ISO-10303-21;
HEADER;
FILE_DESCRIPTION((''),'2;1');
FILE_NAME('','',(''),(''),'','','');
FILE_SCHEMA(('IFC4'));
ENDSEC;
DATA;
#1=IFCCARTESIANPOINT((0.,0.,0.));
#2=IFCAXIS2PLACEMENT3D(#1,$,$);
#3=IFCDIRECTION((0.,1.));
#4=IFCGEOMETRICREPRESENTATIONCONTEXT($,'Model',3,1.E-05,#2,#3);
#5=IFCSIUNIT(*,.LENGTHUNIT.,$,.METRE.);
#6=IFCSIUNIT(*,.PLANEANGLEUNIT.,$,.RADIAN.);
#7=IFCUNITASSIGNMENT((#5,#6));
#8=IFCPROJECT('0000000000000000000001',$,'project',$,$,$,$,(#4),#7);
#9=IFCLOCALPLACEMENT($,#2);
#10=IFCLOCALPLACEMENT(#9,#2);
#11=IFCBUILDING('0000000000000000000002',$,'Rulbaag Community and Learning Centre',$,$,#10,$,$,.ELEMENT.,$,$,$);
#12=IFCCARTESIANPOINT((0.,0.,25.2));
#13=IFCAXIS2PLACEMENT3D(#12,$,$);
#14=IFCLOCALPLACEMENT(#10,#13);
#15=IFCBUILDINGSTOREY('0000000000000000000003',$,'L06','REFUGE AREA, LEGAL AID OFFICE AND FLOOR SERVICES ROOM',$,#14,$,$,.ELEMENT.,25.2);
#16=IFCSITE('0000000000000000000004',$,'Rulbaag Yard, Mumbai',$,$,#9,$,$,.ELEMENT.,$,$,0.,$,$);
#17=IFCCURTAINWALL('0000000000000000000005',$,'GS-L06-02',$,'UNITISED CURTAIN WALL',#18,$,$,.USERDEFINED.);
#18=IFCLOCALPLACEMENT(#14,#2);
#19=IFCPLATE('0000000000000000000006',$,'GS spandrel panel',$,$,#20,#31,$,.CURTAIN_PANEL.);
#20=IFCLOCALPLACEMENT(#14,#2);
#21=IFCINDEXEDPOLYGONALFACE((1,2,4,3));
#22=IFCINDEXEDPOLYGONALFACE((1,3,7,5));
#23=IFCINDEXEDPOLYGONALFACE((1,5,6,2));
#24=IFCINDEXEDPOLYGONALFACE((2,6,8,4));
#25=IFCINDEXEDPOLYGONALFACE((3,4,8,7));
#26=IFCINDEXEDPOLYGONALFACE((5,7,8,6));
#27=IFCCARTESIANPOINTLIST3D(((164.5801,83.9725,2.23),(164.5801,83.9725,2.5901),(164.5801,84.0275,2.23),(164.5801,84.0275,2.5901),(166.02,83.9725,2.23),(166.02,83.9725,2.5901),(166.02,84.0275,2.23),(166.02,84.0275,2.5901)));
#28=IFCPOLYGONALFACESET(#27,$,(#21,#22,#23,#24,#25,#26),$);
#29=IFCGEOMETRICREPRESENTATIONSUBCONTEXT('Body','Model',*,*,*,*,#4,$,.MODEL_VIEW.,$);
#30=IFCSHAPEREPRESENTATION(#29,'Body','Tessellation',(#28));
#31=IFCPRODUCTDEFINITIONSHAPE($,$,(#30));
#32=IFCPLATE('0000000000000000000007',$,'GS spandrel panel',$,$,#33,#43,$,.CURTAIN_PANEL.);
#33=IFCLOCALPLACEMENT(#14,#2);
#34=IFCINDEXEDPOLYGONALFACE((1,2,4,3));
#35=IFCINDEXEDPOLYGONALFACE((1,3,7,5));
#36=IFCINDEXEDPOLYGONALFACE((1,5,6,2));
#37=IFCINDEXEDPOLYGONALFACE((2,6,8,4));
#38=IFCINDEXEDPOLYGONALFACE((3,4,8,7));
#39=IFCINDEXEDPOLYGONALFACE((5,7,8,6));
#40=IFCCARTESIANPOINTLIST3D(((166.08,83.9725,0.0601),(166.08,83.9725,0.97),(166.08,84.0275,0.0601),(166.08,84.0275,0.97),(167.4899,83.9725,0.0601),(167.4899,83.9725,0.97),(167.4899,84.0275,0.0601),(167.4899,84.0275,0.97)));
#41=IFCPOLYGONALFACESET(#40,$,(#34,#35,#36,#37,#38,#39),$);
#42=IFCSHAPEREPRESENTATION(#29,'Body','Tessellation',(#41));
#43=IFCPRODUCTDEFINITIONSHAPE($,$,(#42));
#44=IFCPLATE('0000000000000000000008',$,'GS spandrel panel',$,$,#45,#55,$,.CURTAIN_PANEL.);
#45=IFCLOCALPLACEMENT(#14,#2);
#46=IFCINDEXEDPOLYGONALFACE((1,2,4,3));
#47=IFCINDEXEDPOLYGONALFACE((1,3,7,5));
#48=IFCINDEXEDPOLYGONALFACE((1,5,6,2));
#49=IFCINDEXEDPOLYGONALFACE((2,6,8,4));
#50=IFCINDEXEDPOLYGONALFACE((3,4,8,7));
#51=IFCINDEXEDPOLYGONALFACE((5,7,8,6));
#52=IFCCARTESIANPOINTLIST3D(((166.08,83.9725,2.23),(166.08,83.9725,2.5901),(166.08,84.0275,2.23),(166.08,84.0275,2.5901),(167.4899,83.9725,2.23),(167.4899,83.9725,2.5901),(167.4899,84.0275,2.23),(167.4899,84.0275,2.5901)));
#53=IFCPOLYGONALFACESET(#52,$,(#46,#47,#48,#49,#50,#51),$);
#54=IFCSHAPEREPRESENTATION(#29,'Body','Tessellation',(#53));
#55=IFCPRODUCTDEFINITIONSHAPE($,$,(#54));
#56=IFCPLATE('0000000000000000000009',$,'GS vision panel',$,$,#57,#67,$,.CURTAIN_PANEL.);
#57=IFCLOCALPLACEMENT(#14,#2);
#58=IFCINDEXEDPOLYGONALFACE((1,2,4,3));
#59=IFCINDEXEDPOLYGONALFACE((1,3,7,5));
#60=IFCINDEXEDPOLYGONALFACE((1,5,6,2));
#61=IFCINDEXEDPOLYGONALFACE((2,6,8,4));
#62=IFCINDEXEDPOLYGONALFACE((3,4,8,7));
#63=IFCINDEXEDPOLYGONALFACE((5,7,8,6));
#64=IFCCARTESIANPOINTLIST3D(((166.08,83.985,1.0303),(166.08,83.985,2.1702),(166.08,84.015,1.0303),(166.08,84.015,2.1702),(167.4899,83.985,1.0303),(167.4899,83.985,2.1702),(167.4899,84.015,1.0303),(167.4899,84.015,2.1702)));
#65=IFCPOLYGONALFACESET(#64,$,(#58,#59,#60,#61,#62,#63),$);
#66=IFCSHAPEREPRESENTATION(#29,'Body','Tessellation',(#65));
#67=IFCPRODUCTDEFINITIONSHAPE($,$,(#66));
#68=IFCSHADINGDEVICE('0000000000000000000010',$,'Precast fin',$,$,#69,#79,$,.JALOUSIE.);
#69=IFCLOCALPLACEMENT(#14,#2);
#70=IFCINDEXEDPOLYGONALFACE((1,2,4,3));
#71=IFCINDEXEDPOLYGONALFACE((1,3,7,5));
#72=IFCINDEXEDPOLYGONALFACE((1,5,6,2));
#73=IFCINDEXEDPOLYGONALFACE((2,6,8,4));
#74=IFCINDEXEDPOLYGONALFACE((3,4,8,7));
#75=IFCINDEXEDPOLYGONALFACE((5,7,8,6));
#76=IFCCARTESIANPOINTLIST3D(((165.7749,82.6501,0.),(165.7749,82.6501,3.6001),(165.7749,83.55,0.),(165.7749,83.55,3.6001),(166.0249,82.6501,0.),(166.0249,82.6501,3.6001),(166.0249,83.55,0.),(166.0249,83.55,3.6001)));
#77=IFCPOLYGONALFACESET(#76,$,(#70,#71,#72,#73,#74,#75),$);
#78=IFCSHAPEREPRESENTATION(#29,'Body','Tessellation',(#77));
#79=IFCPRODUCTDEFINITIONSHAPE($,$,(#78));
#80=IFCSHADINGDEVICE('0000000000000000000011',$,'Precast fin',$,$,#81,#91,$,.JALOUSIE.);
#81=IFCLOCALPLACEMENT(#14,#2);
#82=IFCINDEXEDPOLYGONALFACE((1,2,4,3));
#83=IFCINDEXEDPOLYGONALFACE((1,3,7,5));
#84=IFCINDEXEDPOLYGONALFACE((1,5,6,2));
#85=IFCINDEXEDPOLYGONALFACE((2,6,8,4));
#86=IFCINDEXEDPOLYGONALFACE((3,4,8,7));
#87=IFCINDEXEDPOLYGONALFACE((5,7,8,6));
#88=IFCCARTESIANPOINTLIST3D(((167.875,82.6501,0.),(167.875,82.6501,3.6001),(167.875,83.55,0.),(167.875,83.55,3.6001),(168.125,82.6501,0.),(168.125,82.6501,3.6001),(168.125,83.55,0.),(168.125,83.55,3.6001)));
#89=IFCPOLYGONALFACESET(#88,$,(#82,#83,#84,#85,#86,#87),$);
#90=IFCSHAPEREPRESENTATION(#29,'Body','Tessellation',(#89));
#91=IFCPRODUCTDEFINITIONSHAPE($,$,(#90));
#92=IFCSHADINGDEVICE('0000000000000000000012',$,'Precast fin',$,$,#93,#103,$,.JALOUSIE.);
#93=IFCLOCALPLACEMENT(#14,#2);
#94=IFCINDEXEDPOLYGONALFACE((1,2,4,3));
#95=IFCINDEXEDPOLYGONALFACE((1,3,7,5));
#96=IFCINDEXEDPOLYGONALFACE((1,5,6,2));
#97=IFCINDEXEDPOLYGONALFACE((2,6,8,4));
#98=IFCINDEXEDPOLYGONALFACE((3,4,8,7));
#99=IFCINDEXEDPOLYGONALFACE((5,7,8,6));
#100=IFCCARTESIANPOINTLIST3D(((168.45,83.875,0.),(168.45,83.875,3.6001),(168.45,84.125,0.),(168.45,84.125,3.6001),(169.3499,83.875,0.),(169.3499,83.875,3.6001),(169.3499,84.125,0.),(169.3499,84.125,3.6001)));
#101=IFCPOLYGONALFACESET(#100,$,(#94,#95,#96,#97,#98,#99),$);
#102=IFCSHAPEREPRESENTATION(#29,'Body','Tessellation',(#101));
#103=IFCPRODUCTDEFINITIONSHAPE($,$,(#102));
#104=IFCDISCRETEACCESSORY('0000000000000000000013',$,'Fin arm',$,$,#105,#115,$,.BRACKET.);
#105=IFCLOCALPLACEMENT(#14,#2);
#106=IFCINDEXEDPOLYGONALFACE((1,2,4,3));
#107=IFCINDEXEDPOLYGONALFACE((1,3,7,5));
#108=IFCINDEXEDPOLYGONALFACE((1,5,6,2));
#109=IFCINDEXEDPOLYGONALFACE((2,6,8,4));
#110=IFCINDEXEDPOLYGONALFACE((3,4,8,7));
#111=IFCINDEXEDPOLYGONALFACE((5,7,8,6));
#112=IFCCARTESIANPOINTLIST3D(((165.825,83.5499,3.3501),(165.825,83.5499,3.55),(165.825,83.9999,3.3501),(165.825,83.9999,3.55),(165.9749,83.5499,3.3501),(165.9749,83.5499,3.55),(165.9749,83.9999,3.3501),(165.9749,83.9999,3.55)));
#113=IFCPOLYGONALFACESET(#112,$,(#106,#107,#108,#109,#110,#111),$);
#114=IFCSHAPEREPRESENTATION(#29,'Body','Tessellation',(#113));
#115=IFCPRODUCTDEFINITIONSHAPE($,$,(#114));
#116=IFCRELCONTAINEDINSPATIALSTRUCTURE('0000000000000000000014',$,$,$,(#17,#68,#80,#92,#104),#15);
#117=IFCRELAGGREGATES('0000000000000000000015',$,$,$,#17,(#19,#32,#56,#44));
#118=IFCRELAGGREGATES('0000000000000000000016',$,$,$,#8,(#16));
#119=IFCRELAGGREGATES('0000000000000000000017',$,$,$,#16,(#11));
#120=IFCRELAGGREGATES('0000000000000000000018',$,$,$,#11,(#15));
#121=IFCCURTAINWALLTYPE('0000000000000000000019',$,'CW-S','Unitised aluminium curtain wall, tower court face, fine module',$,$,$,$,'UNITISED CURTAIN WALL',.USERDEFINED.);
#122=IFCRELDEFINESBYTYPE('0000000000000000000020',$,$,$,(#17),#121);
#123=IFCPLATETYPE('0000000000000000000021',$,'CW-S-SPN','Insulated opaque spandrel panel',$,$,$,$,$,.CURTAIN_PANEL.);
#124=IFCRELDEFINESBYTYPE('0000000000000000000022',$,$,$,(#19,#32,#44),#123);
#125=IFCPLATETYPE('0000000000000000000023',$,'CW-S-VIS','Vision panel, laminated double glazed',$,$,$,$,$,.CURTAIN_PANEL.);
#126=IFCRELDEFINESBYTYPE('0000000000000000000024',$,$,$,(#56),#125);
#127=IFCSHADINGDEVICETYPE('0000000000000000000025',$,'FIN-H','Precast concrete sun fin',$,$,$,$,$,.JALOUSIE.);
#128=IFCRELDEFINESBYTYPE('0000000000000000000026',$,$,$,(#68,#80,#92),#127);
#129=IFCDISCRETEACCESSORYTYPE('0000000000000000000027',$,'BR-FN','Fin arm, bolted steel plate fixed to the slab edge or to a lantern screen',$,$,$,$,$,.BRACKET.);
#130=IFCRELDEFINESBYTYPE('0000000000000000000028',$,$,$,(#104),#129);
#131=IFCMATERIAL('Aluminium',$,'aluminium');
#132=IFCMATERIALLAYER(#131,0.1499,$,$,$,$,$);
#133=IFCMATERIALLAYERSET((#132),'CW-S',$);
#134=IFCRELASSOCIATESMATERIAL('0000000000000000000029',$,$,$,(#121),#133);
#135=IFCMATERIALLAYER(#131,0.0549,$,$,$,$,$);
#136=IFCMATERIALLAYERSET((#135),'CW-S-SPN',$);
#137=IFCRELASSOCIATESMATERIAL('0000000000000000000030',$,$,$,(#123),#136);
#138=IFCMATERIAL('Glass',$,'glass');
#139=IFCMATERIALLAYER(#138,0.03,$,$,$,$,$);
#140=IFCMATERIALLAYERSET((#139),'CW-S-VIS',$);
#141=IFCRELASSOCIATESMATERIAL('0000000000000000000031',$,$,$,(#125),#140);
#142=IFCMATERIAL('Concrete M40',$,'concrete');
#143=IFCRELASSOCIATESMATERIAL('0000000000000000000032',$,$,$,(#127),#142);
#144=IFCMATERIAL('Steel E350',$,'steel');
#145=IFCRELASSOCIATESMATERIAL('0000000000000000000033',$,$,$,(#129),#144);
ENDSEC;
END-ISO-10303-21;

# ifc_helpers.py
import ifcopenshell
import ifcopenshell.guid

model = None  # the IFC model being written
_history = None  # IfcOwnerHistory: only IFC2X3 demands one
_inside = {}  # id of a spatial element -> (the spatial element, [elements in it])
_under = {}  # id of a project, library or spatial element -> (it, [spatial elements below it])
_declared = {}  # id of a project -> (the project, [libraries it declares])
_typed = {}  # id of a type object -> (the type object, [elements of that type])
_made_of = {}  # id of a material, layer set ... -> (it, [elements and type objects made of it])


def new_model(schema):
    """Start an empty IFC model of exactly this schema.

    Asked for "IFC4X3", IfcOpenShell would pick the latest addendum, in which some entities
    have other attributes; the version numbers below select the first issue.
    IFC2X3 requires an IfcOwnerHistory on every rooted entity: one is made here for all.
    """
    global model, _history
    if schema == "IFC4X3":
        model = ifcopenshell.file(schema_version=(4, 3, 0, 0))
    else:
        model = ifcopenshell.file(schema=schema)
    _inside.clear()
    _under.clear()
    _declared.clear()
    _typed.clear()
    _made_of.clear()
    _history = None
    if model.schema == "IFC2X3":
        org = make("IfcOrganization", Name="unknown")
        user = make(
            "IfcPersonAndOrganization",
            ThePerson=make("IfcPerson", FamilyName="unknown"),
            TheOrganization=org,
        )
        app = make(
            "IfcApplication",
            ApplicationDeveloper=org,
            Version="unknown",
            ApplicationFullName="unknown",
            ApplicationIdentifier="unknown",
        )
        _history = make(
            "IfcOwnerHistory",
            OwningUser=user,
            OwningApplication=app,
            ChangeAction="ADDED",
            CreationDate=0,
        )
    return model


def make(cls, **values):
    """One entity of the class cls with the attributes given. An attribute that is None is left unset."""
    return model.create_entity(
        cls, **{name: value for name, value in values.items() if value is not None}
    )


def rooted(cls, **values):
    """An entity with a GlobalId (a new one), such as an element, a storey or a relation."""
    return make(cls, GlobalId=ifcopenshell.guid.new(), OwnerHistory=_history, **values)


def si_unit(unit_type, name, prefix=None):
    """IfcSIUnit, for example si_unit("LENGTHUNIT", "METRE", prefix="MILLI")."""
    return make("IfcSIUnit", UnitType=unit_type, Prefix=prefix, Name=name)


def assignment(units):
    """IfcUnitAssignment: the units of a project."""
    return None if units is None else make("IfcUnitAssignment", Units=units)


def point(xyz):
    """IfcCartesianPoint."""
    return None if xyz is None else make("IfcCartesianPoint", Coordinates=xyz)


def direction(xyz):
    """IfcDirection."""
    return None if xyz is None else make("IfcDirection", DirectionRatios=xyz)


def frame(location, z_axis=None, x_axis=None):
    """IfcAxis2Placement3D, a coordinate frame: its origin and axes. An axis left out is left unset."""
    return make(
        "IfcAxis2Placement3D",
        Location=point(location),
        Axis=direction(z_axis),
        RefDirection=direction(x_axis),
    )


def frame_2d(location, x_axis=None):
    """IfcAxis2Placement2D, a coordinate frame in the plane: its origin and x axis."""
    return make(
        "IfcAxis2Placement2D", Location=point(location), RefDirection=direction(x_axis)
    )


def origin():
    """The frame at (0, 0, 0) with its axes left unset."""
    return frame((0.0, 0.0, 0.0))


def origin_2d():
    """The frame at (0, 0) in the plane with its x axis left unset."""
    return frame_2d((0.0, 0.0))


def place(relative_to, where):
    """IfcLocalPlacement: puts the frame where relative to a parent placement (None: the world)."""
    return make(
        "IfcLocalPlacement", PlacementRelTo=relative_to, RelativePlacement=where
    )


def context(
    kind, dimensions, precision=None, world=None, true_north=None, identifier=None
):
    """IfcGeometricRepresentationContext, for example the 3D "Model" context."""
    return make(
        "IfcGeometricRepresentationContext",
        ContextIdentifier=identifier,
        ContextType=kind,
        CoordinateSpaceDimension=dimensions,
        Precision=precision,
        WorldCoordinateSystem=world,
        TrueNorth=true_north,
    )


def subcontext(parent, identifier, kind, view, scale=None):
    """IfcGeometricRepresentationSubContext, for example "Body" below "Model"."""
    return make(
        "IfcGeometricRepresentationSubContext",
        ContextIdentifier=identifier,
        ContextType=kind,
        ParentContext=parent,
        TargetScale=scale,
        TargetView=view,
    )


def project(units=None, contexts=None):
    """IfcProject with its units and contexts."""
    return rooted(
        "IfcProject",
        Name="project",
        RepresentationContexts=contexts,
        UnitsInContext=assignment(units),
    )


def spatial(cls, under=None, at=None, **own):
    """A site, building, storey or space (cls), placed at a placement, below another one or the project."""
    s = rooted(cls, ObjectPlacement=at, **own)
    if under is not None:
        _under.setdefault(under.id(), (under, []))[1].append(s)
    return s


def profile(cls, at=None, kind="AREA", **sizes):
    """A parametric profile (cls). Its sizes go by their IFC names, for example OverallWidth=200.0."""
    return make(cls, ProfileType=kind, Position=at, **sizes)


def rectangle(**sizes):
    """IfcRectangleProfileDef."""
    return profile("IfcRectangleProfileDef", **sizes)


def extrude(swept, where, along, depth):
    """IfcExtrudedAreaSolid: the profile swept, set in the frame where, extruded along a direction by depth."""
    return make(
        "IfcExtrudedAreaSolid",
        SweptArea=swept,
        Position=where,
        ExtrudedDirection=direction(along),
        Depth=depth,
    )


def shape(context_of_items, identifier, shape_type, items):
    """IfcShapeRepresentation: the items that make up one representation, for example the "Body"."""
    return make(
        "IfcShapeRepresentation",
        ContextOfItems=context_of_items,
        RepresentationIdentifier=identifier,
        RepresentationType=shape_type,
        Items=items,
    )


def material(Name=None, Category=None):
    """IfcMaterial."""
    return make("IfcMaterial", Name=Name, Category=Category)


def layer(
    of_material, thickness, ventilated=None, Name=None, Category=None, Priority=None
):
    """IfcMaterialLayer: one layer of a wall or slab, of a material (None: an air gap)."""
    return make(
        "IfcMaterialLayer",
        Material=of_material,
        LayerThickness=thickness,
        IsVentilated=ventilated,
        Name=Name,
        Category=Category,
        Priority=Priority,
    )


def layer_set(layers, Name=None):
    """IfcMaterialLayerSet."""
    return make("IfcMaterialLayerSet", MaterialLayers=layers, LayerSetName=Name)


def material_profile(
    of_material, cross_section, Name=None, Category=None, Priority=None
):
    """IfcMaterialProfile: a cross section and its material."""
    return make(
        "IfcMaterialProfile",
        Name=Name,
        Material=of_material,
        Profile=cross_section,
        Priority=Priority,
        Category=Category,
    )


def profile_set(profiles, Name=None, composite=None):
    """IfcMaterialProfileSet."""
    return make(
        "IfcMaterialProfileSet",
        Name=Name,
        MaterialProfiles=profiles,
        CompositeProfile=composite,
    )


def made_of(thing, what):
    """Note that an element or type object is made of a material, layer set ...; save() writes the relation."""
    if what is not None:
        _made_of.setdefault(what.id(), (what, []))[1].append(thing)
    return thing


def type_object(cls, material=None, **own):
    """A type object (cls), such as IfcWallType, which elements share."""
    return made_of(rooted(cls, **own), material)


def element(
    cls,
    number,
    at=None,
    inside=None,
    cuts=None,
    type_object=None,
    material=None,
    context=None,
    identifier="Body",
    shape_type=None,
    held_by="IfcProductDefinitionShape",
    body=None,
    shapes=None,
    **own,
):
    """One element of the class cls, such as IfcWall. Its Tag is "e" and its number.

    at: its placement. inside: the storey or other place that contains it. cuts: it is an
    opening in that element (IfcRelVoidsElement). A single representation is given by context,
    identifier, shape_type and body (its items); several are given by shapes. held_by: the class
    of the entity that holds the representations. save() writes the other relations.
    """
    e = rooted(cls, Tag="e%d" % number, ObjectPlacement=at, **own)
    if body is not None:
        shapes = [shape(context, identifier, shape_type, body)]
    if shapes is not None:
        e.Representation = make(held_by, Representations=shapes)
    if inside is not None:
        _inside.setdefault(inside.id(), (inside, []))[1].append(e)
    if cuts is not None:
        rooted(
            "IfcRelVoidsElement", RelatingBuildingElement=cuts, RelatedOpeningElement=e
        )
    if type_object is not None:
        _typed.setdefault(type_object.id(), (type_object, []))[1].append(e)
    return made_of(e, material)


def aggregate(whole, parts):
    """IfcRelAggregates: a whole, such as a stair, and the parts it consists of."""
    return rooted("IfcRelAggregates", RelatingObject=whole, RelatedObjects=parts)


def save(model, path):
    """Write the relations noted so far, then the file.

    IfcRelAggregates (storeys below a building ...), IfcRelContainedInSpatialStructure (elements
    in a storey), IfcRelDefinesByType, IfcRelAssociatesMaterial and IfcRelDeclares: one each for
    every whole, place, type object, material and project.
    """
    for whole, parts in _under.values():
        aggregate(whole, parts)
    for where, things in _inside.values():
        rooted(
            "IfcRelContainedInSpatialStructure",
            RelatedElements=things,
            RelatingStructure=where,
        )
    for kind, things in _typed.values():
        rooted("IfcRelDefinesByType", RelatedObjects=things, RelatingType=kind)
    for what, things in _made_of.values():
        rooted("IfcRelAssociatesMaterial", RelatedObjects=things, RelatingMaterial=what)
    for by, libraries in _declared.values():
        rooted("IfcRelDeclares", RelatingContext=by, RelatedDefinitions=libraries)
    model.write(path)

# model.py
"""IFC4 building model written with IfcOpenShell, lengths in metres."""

from ifc_helpers import new_model, si_unit, direction, frame, origin, origin_2d, place, context, subcontext, project, spatial, rectangle, extrude, material, layer, layer_set, material_profile, profile_set, type_object, element, aggregate, save


model = new_model("IFC4")

# Units and contexts
model_context = context("Model", 3, precision=1e-05, world=origin(), true_north=direction((0.0, 1.0)))
body_context = subcontext(model_context, "Body", "Model", "MODEL_VIEW")
ifc_project = project(units=[si_unit("LENGTHUNIT", "METRE"), si_unit("PLANEANGLEUNIT", "RADIAN")], contexts=[model_context])

# Site, building, storey
site_placement = place(None, origin())
site = spatial("IfcSite", under=ifc_project, at=site_placement, Name="Rulbaag Yard, Mumbai", CompositionType="ELEMENT", RefElevation=0.0)
building_placement = place(site_placement, origin())
building = spatial("IfcBuilding", under=site, at=building_placement, Name="Rulbaag Community and Learning Centre", CompositionType="ELEMENT")
storey_placement = place(building_placement, frame((0.0, 0.0, 25.2)))
storey = spatial("IfcBuildingStorey", under=building, at=storey_placement, Name="L06", Description="REFUGE AREA, LEGAL AID OFFICE AND FLOOR SERVICES ROOM", CompositionType="ELEMENT", Elevation=25.2)

# Shared definitions
ifc_material_1 = material(Name="Concrete M40", Category="concrete")

# Curtain wall
ifc_material_2 = material(Name="Aluminium", Category="aluminium")
ifc_layer_1 = layer(ifc_material_2, 0.1499)
ifc_layer_set_1 = layer_set([ifc_layer_1], Name="CW-S")
curtain_wall_type_1 = type_object("IfcCurtainWallType", Name="CW-S", Description="Unitised aluminium curtain wall, tower court face, fine module", ElementType="UNITISED CURTAIN WALL", PredefinedType="USERDEFINED", material=ifc_layer_set_1)
curtain_wall_1_placement = place(storey_placement, origin())
curtain_wall_1 = element("IfcCurtainWall", 1, at=curtain_wall_1_placement, inside=storey, type_object=curtain_wall_type_1, Name="GS-L06-02", ObjectType="UNITISED CURTAIN WALL", PredefinedType="USERDEFINED")

# Plates
ifc_layer_2 = layer(ifc_material_2, 0.0549)
ifc_layer_set_2 = layer_set([ifc_layer_2], Name="CW-S-SPN")
plate_type_1 = type_object("IfcPlateType", Name="CW-S-SPN", Description="Insulated opaque spandrel panel", PredefinedType="CURTAIN_PANEL", material=ifc_layer_set_2)
plate_1_placement = place(storey_placement, frame((165.3, 84.0, 2.23), z_axis=(0.0, 0.0, 1.0), x_axis=(1.0, 0.0, 0.0)))
plate_1 = element("IfcPlate", 2, at=plate_1_placement, type_object=plate_type_1, Name="GS spandrel panel", PredefinedType="CURTAIN_PANEL", context=body_context, shape_type="SweptSolid", body=[
    extrude(rectangle(XDim=1.4399, YDim=0.0549, at=origin_2d()), origin(), (0.0, 0.0, 1.0), 0.3601),
])
plate_2_placement = place(storey_placement, frame((166.7849, 84.0, 0.0601), z_axis=(0.0, 0.0, 1.0), x_axis=(1.0, 0.0, 0.0)))
plate_2 = element("IfcPlate", 3, at=plate_2_placement, type_object=plate_type_1, Name="GS spandrel panel", PredefinedType="CURTAIN_PANEL", context=body_context, shape_type="SweptSolid", body=[
    extrude(rectangle(XDim=1.4099, YDim=0.0549, at=origin_2d()), origin(), (0.0, 0.0, 1.0), 0.9099),
])
plate_3_placement = place(storey_placement, frame((166.7849, 84.0, 2.23), z_axis=(0.0, 0.0, 1.0), x_axis=(1.0, 0.0, 0.0)))
plate_3 = element("IfcPlate", 4, at=plate_3_placement, type_object=plate_type_1, Name="GS spandrel panel", PredefinedType="CURTAIN_PANEL", context=body_context, shape_type="SweptSolid", body=[
    extrude(rectangle(XDim=1.4099, YDim=0.0549, at=origin_2d()), origin(), (0.0, 0.0, 1.0), 0.3601),
])
ifc_material_3 = material(Name="Glass", Category="glass")
ifc_layer_3 = layer(ifc_material_3, 0.03)
ifc_layer_set_3 = layer_set([ifc_layer_3], Name="CW-S-VIS")
plate_type_2 = type_object("IfcPlateType", Name="CW-S-VIS", Description="Vision panel, laminated double glazed", PredefinedType="CURTAIN_PANEL", material=ifc_layer_set_3)
plate_4_placement = place(storey_placement, frame((166.7849, 84.0, 1.0303), z_axis=(0.0, 0.0, 1.0), x_axis=(1.0, 0.0, 0.0)))
plate_4 = element("IfcPlate", 5, at=plate_4_placement, type_object=plate_type_2, Name="GS vision panel", PredefinedType="CURTAIN_PANEL", context=body_context, shape_type="SweptSolid", body=[
    extrude(rectangle(XDim=1.4099, YDim=0.03, at=origin_2d()), origin(), (0.0, 0.0, 1.0), 1.1399),
])
aggregate(curtain_wall_1, [plate_1, plate_2, plate_4, plate_3])

# Shading devices
ifc_material_profile_1 = material_profile(ifc_material_1, rectangle(XDim=0.25, YDim=0.8999, at=origin_2d()), Name="PC 250x900")
ifc_profile_set_1 = profile_set([ifc_material_profile_1], Name="Concrete M40")
shading_device_type_1 = type_object("IfcShadingDeviceType", Name="FIN-H", Description="Precast concrete sun fin", PredefinedType="JALOUSIE", material=ifc_profile_set_1)
for number, where, z_axis, x_axis, name in (
    (6, (165.8999, 83.1001, 0.0), (0.0, 0.0, 1.0), (1.0, 0.0, 0.0), "Precast fin"),
    (7, (168.0, 83.1001, 0.0), (0.0, 0.0, 1.0), (1.0, 0.0, 0.0), "Precast fin"),
    (8, (168.8999, 84.0, 0.0), (0.0, 0.0, 1.0), (0.0, 1.0, 0.0), "Precast fin"),
):
    element("IfcShadingDevice", number, at=place(storey_placement, frame(where, z_axis=z_axis, x_axis=x_axis)), inside=storey, type_object=shading_device_type_1, Name=name, PredefinedType="JALOUSIE", context=body_context, shape_type="SweptSolid", body=[
        extrude(rectangle(XDim=0.25, YDim=0.8999, at=origin_2d()), origin(), (0.0, 0.0, 1.0), 3.6001),
    ])

# Discrete accessory
ifc_material_4 = material(Name="Steel E350", Category="steel")
discrete_accessory_type = type_object("IfcDiscreteAccessoryType", Name="BR-FN", Description="Fin arm, bolted steel plate fixed to the slab edge or to a lantern screen", PredefinedType="BRACKET", material=ifc_material_4)
discrete_accessory_placement = place(storey_placement, frame((165.8999, 83.7749, 3.3501), z_axis=(0.0, 0.0, 1.0), x_axis=(1.0, 0.0, 0.0)))
element("IfcDiscreteAccessory", 9, at=discrete_accessory_placement, inside=storey, type_object=discrete_accessory_type, Name="Fin arm", PredefinedType="BRACKET", context=body_context, shape_type="SweptSolid", body=[
    extrude(rectangle(XDim=0.1499, YDim=0.45, at=origin_2d()), origin(), (0.0, 0.0, 1.0), 0.2),
])

save(model, "model.ifc")
